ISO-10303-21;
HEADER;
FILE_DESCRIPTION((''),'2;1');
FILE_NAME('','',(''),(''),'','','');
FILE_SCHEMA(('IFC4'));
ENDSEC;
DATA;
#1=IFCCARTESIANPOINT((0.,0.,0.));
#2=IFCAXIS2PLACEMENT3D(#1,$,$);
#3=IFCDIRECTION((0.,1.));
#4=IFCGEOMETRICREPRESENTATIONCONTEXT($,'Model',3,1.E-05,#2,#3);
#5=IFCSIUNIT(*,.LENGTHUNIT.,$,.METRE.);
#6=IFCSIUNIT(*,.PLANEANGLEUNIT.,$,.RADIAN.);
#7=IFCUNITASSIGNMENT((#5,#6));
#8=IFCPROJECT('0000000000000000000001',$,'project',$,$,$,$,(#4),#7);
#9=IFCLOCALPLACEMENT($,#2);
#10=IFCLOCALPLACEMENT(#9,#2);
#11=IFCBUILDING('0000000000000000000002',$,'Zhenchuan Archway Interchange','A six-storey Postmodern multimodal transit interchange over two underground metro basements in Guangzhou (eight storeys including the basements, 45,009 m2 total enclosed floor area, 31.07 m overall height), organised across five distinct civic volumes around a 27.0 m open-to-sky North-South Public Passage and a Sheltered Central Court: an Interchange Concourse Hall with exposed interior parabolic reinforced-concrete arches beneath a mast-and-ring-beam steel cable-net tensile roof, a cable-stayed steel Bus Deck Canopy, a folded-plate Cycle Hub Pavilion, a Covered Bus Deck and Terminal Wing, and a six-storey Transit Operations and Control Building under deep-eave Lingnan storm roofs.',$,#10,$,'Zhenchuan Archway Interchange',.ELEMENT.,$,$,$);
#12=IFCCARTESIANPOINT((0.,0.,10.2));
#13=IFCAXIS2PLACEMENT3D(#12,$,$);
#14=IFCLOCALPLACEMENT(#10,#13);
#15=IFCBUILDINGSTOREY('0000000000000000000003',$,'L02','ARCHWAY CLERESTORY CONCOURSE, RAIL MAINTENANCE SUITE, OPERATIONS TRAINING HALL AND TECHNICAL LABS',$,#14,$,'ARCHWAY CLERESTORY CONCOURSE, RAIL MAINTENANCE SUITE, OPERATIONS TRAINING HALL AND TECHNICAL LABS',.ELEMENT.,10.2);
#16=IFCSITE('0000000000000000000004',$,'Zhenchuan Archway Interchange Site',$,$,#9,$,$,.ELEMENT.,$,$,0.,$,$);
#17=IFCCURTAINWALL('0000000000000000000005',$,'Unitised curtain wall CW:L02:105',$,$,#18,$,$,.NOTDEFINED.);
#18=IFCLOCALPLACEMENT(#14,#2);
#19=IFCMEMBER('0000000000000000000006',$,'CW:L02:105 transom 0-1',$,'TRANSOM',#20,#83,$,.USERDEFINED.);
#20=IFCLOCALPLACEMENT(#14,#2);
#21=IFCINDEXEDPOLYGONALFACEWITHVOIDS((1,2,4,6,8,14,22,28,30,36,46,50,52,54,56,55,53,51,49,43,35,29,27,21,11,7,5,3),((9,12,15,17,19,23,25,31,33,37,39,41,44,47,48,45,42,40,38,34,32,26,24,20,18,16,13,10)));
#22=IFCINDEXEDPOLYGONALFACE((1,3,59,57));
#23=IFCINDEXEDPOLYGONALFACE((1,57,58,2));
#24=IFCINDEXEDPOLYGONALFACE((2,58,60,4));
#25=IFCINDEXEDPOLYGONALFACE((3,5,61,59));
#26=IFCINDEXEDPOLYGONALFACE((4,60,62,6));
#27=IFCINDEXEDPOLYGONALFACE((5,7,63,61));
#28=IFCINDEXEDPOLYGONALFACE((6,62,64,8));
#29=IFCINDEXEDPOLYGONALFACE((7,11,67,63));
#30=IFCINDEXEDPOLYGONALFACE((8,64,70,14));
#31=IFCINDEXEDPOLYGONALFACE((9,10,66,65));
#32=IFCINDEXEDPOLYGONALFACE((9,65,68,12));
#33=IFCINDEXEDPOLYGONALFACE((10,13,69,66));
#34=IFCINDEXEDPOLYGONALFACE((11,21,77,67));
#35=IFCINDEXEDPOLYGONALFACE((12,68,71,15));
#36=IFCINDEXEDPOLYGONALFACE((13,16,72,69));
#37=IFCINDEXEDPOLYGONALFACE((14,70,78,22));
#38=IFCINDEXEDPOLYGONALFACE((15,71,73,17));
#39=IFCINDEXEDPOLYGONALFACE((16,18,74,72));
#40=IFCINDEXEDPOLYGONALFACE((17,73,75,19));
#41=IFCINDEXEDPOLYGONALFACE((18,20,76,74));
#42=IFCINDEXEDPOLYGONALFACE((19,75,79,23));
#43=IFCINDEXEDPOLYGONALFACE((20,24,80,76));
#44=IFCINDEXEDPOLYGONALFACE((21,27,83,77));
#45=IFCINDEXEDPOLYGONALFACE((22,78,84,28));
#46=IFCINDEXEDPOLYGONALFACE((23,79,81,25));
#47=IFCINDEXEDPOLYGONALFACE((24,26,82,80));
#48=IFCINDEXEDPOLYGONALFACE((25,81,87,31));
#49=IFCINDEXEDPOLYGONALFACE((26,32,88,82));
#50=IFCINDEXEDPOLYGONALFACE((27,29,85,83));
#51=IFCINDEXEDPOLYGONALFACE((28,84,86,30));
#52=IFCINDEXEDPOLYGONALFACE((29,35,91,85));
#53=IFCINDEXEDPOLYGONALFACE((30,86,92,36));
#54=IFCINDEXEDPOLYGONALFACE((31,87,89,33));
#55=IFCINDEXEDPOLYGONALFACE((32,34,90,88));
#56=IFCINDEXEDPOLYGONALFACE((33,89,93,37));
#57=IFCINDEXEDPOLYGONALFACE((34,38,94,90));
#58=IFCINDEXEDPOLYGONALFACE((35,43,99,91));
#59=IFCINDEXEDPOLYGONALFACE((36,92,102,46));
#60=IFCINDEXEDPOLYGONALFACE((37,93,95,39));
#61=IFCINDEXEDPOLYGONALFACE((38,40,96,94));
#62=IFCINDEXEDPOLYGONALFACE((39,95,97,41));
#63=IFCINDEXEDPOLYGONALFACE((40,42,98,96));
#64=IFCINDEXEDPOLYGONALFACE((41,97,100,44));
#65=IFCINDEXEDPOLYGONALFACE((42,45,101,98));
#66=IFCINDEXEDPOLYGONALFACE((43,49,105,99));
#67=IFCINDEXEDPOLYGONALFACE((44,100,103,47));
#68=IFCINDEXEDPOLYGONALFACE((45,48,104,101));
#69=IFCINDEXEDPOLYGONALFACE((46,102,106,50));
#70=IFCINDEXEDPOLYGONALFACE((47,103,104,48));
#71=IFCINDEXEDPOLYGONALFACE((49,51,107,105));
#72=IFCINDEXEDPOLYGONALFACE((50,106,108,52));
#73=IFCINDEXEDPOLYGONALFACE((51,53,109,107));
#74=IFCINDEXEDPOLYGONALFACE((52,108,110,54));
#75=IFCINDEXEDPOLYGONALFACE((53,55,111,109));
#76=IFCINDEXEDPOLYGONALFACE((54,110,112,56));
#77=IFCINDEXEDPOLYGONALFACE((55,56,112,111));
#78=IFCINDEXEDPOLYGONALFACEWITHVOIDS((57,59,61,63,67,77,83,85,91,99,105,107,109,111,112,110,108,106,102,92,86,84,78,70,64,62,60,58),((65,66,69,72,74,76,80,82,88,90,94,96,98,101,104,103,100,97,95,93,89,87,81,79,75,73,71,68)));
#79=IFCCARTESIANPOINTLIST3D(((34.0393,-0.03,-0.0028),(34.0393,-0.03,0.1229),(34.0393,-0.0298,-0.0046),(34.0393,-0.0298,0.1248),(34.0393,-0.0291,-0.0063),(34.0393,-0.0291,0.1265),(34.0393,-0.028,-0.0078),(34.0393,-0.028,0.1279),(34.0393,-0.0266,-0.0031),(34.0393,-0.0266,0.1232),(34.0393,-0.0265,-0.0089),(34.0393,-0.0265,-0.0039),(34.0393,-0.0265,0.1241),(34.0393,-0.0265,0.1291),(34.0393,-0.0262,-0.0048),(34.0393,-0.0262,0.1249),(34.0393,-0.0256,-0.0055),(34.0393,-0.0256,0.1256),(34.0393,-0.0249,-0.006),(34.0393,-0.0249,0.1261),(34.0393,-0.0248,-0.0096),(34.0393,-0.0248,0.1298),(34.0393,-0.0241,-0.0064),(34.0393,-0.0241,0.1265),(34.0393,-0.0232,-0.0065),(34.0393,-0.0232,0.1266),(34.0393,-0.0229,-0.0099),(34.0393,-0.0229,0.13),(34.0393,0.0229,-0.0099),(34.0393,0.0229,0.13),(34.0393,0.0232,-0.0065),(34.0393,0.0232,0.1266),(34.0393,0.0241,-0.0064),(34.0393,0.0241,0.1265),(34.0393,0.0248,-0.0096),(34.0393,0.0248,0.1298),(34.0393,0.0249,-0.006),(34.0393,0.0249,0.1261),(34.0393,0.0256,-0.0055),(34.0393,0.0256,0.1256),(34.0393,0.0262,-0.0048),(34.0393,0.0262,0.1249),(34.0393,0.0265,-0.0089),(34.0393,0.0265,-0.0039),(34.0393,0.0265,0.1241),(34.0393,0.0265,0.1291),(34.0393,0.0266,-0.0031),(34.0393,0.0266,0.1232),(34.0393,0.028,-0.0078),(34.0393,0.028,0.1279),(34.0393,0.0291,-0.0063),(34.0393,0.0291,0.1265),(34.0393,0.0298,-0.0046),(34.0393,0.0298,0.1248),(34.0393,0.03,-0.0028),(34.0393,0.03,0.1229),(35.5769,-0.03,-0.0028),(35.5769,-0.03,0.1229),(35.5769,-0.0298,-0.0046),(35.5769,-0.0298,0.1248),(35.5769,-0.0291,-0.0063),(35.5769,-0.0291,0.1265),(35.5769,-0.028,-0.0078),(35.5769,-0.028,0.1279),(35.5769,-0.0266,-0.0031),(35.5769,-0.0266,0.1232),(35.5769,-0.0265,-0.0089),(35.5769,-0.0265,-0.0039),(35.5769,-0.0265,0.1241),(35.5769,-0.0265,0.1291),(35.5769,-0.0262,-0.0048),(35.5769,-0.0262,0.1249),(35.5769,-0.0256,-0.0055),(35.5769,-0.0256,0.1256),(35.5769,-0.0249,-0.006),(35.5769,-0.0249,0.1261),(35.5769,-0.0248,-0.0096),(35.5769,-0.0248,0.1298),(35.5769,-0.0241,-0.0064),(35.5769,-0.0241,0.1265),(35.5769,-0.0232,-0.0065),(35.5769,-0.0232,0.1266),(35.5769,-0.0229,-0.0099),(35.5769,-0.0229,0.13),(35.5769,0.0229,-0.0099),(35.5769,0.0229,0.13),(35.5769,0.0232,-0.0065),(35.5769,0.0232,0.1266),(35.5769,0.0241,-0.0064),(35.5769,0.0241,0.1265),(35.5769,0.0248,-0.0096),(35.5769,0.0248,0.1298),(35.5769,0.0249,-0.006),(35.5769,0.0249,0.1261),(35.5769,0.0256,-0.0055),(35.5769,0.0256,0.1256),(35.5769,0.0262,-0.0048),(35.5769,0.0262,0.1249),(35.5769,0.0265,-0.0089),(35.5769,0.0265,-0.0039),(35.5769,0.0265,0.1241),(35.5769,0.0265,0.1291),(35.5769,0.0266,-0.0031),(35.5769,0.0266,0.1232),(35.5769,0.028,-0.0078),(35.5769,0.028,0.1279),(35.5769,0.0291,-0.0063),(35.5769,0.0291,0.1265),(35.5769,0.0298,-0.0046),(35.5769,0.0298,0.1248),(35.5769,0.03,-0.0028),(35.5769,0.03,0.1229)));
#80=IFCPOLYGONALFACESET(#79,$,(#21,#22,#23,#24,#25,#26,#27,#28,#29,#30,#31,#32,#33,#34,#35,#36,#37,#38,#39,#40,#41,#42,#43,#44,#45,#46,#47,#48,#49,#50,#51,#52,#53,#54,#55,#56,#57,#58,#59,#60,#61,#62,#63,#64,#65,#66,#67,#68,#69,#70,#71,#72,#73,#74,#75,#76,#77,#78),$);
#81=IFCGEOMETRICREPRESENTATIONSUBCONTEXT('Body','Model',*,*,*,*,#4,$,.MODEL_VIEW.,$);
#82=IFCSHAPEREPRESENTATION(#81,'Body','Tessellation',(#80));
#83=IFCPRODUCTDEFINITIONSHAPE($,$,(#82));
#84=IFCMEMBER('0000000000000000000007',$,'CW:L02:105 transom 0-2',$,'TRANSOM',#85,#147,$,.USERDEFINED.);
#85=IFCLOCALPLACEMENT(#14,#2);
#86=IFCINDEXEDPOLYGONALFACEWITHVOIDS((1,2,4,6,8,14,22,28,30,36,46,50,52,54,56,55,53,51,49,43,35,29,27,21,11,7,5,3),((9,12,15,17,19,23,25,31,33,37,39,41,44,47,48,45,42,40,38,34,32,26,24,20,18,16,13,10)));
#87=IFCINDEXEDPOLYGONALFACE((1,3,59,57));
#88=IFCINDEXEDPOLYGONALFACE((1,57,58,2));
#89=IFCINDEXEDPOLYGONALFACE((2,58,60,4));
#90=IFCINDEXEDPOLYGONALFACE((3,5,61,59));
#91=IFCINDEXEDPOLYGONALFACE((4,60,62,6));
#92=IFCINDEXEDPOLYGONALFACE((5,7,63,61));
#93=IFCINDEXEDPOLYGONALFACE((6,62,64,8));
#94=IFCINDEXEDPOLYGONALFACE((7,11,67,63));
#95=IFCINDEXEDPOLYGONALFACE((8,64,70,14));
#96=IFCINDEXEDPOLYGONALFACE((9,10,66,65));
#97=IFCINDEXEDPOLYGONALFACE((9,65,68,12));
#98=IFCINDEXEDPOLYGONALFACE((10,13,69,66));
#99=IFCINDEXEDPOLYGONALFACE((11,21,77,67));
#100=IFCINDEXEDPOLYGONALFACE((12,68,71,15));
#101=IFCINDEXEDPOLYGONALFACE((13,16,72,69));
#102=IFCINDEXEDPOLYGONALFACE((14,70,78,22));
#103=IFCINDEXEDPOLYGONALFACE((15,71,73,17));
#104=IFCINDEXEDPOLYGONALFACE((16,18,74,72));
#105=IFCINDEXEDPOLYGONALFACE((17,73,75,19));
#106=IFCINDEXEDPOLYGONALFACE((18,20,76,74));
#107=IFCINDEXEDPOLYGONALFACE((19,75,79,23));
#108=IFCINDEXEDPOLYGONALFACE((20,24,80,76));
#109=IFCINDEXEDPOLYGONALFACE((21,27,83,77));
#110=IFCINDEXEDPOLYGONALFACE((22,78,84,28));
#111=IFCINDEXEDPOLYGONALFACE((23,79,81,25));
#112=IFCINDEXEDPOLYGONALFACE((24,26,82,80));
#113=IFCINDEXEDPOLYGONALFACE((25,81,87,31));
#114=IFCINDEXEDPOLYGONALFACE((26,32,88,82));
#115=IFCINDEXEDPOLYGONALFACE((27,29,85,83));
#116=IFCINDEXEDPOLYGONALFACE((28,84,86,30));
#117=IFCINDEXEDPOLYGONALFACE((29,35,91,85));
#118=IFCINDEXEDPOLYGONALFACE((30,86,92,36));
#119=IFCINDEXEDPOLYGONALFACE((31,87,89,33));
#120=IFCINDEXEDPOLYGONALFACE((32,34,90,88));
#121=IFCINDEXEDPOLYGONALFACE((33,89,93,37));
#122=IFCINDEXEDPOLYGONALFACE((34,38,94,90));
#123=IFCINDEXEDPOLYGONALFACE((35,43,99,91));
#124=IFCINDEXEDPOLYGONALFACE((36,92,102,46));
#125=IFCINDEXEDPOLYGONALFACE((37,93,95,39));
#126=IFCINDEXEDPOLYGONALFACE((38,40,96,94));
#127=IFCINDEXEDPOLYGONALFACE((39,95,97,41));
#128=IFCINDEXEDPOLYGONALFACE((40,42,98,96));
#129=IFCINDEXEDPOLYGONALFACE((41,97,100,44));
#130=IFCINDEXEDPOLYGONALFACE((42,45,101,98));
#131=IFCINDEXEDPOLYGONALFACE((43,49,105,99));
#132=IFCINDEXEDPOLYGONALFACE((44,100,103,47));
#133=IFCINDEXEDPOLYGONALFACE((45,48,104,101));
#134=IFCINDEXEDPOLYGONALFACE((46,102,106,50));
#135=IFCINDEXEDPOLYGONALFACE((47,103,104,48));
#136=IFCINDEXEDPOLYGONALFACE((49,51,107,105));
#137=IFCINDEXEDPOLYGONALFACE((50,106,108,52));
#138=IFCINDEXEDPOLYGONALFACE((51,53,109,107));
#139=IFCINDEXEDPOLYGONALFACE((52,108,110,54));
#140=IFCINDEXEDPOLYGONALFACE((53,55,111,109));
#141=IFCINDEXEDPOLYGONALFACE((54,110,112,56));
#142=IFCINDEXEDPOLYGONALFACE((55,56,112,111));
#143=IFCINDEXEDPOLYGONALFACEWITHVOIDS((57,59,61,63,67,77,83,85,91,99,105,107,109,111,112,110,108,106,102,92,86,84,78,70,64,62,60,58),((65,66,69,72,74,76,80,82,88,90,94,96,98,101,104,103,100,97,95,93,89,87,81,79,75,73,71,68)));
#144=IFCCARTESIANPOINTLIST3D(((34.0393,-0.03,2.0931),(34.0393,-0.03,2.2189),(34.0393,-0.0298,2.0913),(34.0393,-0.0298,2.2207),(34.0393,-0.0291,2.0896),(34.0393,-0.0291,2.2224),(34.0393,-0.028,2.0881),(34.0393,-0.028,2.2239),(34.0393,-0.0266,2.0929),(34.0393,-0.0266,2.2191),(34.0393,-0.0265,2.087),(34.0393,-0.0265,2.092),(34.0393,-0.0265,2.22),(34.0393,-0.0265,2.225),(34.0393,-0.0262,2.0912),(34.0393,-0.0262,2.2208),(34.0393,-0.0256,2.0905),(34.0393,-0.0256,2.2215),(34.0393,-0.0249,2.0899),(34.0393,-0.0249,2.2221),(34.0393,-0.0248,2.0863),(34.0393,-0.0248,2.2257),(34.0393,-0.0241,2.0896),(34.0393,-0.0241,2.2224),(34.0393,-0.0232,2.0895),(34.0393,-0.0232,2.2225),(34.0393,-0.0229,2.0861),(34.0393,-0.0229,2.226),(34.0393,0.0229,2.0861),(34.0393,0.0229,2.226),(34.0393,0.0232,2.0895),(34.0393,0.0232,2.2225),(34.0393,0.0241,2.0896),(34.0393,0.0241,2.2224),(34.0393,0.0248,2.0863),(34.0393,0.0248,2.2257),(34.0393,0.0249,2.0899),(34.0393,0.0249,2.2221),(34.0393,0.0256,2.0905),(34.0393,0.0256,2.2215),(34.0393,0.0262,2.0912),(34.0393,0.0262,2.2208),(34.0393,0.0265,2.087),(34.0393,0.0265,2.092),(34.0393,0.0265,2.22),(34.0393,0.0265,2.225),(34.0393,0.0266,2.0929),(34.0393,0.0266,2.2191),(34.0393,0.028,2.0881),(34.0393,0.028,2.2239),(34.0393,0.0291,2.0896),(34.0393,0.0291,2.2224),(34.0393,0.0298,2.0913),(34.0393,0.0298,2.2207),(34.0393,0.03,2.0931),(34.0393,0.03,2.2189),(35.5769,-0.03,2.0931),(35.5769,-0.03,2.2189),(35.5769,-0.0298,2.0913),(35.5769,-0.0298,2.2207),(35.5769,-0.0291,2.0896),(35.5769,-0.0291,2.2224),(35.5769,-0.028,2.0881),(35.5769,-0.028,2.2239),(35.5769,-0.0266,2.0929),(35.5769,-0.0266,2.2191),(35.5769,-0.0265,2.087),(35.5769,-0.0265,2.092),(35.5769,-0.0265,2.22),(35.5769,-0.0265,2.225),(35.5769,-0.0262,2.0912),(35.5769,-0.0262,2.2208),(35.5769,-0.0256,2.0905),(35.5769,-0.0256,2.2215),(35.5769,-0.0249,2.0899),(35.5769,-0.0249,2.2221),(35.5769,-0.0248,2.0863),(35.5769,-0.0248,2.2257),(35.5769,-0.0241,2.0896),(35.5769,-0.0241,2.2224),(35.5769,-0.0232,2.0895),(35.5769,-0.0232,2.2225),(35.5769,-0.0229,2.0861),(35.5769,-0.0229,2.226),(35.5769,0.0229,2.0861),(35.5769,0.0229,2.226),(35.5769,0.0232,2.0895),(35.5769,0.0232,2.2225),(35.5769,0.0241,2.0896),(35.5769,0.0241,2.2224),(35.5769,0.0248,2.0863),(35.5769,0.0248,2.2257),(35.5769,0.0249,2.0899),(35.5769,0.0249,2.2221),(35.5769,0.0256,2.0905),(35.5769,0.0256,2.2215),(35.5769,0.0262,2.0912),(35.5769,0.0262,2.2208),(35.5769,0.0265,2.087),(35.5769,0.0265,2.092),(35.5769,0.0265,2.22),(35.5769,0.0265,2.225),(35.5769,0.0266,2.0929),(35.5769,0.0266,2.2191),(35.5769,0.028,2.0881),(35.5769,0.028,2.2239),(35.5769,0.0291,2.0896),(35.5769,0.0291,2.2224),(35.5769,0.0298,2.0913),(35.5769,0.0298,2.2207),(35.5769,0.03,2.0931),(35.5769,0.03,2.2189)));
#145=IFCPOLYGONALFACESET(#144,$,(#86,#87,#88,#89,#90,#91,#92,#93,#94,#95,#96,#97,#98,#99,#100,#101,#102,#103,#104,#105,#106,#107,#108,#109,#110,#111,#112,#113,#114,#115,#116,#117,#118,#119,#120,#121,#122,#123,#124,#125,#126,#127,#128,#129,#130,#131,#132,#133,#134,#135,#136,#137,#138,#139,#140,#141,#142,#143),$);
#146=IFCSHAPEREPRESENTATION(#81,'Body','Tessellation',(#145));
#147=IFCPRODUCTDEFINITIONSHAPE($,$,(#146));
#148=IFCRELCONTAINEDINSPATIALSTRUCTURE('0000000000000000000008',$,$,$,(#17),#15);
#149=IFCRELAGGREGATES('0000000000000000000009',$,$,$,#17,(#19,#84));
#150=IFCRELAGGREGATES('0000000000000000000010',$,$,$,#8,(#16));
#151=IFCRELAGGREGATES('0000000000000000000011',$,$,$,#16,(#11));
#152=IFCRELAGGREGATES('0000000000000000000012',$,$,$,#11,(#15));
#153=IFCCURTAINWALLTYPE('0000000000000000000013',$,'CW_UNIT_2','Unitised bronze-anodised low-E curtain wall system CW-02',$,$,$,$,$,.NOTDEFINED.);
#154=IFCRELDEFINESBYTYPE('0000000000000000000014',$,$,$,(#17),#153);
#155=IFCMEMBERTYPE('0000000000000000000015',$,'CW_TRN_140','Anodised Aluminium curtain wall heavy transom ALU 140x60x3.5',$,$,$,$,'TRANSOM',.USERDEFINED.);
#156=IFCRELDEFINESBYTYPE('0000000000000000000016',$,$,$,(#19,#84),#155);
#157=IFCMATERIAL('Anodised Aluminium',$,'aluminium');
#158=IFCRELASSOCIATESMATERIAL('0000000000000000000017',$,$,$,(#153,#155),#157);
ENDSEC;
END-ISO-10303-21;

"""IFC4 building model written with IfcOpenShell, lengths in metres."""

from ifc_helpers import new_model, si_unit, direction, frame, origin, origin_2d, place, context, subcontext, project, spatial, hollow_rectangle, extrude, material, material_profile, profile_set, type_object, element, aggregate, save


model = new_model("IFC4")

# Units and contexts
model_context = context("Model", 3, precision=1e-05, world=origin(), true_north=direction((0.0, 1.0)))
body_context = subcontext(model_context, "Body", "Model", "MODEL_VIEW")
ifc_project = project(units=[si_unit("LENGTHUNIT", "METRE"), si_unit("PLANEANGLEUNIT", "RADIAN")], contexts=[model_context])

# Site, building, storey
site_placement = place(None, origin())
site = spatial("IfcSite", under=ifc_project, at=site_placement, Name="Zhenchuan Archway Interchange Site", CompositionType="ELEMENT", RefElevation=0.0)
building_placement = place(site_placement, origin())
building = spatial("IfcBuilding", under=site, at=building_placement, Name="Zhenchuan Archway Interchange", Description="A six-storey Postmodern multimodal transit interchange over two underground metro basements in Guangzhou (eight storeys including the basements, 45,009 m2 total enclosed floor area, 31.07 m overall height), organised across five distinct civic volumes around a 27.0 m open-to-sky North-South Public Passage and a Sheltered Central Court: an Interchange Concourse Hall with exposed interior parabolic reinforced-concrete arches beneath a mast-and-ring-beam steel cable-net tensile roof, a cable-stayed steel Bus Deck Canopy, a folded-plate Cycle Hub Pavilion, a Covered Bus Deck and Terminal Wing, and a six-storey Transit Operations and Control Building under deep-eave Lingnan storm roofs.", LongName="Zhenchuan Archway Interchange", CompositionType="ELEMENT")
storey_placement = place(building_placement, frame((0.0, 0.0, 10.2)))
storey = spatial("IfcBuildingStorey", under=building, at=storey_placement, Name="L02", Description="ARCHWAY CLERESTORY CONCOURSE, RAIL MAINTENANCE SUITE, OPERATIONS TRAINING HALL AND TECHNICAL LABS", LongName="ARCHWAY CLERESTORY CONCOURSE, RAIL MAINTENANCE SUITE, OPERATIONS TRAINING HALL AND TECHNICAL LABS", CompositionType="ELEMENT", Elevation=10.2)

# Curtain wall
ifc_material_1 = material(Name="Anodised Aluminium", Category="aluminium")
curtain_wall_type_1 = type_object("IfcCurtainWallType", Name="CW_UNIT_2", Description="Unitised bronze-anodised low-E curtain wall system CW-02", PredefinedType="NOTDEFINED", material=ifc_material_1)
curtain_wall_1_placement = place(storey_placement, origin())
curtain_wall_1 = element("IfcCurtainWall", 1, at=curtain_wall_1_placement, inside=storey, type_object=curtain_wall_type_1, Name="Unitised curtain wall CW:L02:105", PredefinedType="NOTDEFINED")

# Members
ifc_material_profile_1 = material_profile(ifc_material_1, hollow_rectangle(XDim=0.0601, YDim=0.1399, WallThickness=0.0034, InnerFilletRadius=0.0034, OuterFilletRadius=0.0071, at=origin_2d()), Name="ALU 140x60x3.5")
ifc_profile_set_1 = profile_set([ifc_material_profile_1], Name="Anodised Aluminium")
member_type_1 = type_object("IfcMemberType", Name="CW_TRN_140", Description="Anodised Aluminium curtain wall heavy transom ALU 140x60x3.5", ElementType="TRANSOM", PredefinedType="USERDEFINED", material=ifc_profile_set_1)
member_1_placement = place(storey_placement, frame((35.5769, 0.0, 0.0601), z_axis=(-1.0, 0.0, 0.0), x_axis=(0.0, -1.0, 0.0)))
member_1 = element("IfcMember", 2, at=member_1_placement, type_object=member_type_1, Name="CW:L02:105 transom 0-1", ObjectType="TRANSOM", PredefinedType="USERDEFINED", context=body_context, shape_type="SweptSolid", body=[
    extrude(hollow_rectangle(XDim=0.0601, YDim=0.1399, WallThickness=0.0034, InnerFilletRadius=0.0034, OuterFilletRadius=0.0071, at=origin_2d()), origin(), (0.0, 0.0, 1.0), 1.5376),
])
member_2_placement = place(storey_placement, frame((35.5769, 0.0, 2.156), z_axis=(-1.0, 0.0, 0.0), x_axis=(0.0, -1.0, 0.0)))
member_2 = element("IfcMember", 3, at=member_2_placement, type_object=member_type_1, Name="CW:L02:105 transom 0-2", ObjectType="TRANSOM", PredefinedType="USERDEFINED", context=body_context, shape_type="SweptSolid", body=[
    extrude(hollow_rectangle(XDim=0.0601, YDim=0.1399, WallThickness=0.0034, InnerFilletRadius=0.0034, OuterFilletRadius=0.0071, at=origin_2d()), origin(), (0.0, 0.0, 1.0), 1.5376),
])

aggregate(curtain_wall_1, [member_1, member_2])

save(model, "model.ifc")
